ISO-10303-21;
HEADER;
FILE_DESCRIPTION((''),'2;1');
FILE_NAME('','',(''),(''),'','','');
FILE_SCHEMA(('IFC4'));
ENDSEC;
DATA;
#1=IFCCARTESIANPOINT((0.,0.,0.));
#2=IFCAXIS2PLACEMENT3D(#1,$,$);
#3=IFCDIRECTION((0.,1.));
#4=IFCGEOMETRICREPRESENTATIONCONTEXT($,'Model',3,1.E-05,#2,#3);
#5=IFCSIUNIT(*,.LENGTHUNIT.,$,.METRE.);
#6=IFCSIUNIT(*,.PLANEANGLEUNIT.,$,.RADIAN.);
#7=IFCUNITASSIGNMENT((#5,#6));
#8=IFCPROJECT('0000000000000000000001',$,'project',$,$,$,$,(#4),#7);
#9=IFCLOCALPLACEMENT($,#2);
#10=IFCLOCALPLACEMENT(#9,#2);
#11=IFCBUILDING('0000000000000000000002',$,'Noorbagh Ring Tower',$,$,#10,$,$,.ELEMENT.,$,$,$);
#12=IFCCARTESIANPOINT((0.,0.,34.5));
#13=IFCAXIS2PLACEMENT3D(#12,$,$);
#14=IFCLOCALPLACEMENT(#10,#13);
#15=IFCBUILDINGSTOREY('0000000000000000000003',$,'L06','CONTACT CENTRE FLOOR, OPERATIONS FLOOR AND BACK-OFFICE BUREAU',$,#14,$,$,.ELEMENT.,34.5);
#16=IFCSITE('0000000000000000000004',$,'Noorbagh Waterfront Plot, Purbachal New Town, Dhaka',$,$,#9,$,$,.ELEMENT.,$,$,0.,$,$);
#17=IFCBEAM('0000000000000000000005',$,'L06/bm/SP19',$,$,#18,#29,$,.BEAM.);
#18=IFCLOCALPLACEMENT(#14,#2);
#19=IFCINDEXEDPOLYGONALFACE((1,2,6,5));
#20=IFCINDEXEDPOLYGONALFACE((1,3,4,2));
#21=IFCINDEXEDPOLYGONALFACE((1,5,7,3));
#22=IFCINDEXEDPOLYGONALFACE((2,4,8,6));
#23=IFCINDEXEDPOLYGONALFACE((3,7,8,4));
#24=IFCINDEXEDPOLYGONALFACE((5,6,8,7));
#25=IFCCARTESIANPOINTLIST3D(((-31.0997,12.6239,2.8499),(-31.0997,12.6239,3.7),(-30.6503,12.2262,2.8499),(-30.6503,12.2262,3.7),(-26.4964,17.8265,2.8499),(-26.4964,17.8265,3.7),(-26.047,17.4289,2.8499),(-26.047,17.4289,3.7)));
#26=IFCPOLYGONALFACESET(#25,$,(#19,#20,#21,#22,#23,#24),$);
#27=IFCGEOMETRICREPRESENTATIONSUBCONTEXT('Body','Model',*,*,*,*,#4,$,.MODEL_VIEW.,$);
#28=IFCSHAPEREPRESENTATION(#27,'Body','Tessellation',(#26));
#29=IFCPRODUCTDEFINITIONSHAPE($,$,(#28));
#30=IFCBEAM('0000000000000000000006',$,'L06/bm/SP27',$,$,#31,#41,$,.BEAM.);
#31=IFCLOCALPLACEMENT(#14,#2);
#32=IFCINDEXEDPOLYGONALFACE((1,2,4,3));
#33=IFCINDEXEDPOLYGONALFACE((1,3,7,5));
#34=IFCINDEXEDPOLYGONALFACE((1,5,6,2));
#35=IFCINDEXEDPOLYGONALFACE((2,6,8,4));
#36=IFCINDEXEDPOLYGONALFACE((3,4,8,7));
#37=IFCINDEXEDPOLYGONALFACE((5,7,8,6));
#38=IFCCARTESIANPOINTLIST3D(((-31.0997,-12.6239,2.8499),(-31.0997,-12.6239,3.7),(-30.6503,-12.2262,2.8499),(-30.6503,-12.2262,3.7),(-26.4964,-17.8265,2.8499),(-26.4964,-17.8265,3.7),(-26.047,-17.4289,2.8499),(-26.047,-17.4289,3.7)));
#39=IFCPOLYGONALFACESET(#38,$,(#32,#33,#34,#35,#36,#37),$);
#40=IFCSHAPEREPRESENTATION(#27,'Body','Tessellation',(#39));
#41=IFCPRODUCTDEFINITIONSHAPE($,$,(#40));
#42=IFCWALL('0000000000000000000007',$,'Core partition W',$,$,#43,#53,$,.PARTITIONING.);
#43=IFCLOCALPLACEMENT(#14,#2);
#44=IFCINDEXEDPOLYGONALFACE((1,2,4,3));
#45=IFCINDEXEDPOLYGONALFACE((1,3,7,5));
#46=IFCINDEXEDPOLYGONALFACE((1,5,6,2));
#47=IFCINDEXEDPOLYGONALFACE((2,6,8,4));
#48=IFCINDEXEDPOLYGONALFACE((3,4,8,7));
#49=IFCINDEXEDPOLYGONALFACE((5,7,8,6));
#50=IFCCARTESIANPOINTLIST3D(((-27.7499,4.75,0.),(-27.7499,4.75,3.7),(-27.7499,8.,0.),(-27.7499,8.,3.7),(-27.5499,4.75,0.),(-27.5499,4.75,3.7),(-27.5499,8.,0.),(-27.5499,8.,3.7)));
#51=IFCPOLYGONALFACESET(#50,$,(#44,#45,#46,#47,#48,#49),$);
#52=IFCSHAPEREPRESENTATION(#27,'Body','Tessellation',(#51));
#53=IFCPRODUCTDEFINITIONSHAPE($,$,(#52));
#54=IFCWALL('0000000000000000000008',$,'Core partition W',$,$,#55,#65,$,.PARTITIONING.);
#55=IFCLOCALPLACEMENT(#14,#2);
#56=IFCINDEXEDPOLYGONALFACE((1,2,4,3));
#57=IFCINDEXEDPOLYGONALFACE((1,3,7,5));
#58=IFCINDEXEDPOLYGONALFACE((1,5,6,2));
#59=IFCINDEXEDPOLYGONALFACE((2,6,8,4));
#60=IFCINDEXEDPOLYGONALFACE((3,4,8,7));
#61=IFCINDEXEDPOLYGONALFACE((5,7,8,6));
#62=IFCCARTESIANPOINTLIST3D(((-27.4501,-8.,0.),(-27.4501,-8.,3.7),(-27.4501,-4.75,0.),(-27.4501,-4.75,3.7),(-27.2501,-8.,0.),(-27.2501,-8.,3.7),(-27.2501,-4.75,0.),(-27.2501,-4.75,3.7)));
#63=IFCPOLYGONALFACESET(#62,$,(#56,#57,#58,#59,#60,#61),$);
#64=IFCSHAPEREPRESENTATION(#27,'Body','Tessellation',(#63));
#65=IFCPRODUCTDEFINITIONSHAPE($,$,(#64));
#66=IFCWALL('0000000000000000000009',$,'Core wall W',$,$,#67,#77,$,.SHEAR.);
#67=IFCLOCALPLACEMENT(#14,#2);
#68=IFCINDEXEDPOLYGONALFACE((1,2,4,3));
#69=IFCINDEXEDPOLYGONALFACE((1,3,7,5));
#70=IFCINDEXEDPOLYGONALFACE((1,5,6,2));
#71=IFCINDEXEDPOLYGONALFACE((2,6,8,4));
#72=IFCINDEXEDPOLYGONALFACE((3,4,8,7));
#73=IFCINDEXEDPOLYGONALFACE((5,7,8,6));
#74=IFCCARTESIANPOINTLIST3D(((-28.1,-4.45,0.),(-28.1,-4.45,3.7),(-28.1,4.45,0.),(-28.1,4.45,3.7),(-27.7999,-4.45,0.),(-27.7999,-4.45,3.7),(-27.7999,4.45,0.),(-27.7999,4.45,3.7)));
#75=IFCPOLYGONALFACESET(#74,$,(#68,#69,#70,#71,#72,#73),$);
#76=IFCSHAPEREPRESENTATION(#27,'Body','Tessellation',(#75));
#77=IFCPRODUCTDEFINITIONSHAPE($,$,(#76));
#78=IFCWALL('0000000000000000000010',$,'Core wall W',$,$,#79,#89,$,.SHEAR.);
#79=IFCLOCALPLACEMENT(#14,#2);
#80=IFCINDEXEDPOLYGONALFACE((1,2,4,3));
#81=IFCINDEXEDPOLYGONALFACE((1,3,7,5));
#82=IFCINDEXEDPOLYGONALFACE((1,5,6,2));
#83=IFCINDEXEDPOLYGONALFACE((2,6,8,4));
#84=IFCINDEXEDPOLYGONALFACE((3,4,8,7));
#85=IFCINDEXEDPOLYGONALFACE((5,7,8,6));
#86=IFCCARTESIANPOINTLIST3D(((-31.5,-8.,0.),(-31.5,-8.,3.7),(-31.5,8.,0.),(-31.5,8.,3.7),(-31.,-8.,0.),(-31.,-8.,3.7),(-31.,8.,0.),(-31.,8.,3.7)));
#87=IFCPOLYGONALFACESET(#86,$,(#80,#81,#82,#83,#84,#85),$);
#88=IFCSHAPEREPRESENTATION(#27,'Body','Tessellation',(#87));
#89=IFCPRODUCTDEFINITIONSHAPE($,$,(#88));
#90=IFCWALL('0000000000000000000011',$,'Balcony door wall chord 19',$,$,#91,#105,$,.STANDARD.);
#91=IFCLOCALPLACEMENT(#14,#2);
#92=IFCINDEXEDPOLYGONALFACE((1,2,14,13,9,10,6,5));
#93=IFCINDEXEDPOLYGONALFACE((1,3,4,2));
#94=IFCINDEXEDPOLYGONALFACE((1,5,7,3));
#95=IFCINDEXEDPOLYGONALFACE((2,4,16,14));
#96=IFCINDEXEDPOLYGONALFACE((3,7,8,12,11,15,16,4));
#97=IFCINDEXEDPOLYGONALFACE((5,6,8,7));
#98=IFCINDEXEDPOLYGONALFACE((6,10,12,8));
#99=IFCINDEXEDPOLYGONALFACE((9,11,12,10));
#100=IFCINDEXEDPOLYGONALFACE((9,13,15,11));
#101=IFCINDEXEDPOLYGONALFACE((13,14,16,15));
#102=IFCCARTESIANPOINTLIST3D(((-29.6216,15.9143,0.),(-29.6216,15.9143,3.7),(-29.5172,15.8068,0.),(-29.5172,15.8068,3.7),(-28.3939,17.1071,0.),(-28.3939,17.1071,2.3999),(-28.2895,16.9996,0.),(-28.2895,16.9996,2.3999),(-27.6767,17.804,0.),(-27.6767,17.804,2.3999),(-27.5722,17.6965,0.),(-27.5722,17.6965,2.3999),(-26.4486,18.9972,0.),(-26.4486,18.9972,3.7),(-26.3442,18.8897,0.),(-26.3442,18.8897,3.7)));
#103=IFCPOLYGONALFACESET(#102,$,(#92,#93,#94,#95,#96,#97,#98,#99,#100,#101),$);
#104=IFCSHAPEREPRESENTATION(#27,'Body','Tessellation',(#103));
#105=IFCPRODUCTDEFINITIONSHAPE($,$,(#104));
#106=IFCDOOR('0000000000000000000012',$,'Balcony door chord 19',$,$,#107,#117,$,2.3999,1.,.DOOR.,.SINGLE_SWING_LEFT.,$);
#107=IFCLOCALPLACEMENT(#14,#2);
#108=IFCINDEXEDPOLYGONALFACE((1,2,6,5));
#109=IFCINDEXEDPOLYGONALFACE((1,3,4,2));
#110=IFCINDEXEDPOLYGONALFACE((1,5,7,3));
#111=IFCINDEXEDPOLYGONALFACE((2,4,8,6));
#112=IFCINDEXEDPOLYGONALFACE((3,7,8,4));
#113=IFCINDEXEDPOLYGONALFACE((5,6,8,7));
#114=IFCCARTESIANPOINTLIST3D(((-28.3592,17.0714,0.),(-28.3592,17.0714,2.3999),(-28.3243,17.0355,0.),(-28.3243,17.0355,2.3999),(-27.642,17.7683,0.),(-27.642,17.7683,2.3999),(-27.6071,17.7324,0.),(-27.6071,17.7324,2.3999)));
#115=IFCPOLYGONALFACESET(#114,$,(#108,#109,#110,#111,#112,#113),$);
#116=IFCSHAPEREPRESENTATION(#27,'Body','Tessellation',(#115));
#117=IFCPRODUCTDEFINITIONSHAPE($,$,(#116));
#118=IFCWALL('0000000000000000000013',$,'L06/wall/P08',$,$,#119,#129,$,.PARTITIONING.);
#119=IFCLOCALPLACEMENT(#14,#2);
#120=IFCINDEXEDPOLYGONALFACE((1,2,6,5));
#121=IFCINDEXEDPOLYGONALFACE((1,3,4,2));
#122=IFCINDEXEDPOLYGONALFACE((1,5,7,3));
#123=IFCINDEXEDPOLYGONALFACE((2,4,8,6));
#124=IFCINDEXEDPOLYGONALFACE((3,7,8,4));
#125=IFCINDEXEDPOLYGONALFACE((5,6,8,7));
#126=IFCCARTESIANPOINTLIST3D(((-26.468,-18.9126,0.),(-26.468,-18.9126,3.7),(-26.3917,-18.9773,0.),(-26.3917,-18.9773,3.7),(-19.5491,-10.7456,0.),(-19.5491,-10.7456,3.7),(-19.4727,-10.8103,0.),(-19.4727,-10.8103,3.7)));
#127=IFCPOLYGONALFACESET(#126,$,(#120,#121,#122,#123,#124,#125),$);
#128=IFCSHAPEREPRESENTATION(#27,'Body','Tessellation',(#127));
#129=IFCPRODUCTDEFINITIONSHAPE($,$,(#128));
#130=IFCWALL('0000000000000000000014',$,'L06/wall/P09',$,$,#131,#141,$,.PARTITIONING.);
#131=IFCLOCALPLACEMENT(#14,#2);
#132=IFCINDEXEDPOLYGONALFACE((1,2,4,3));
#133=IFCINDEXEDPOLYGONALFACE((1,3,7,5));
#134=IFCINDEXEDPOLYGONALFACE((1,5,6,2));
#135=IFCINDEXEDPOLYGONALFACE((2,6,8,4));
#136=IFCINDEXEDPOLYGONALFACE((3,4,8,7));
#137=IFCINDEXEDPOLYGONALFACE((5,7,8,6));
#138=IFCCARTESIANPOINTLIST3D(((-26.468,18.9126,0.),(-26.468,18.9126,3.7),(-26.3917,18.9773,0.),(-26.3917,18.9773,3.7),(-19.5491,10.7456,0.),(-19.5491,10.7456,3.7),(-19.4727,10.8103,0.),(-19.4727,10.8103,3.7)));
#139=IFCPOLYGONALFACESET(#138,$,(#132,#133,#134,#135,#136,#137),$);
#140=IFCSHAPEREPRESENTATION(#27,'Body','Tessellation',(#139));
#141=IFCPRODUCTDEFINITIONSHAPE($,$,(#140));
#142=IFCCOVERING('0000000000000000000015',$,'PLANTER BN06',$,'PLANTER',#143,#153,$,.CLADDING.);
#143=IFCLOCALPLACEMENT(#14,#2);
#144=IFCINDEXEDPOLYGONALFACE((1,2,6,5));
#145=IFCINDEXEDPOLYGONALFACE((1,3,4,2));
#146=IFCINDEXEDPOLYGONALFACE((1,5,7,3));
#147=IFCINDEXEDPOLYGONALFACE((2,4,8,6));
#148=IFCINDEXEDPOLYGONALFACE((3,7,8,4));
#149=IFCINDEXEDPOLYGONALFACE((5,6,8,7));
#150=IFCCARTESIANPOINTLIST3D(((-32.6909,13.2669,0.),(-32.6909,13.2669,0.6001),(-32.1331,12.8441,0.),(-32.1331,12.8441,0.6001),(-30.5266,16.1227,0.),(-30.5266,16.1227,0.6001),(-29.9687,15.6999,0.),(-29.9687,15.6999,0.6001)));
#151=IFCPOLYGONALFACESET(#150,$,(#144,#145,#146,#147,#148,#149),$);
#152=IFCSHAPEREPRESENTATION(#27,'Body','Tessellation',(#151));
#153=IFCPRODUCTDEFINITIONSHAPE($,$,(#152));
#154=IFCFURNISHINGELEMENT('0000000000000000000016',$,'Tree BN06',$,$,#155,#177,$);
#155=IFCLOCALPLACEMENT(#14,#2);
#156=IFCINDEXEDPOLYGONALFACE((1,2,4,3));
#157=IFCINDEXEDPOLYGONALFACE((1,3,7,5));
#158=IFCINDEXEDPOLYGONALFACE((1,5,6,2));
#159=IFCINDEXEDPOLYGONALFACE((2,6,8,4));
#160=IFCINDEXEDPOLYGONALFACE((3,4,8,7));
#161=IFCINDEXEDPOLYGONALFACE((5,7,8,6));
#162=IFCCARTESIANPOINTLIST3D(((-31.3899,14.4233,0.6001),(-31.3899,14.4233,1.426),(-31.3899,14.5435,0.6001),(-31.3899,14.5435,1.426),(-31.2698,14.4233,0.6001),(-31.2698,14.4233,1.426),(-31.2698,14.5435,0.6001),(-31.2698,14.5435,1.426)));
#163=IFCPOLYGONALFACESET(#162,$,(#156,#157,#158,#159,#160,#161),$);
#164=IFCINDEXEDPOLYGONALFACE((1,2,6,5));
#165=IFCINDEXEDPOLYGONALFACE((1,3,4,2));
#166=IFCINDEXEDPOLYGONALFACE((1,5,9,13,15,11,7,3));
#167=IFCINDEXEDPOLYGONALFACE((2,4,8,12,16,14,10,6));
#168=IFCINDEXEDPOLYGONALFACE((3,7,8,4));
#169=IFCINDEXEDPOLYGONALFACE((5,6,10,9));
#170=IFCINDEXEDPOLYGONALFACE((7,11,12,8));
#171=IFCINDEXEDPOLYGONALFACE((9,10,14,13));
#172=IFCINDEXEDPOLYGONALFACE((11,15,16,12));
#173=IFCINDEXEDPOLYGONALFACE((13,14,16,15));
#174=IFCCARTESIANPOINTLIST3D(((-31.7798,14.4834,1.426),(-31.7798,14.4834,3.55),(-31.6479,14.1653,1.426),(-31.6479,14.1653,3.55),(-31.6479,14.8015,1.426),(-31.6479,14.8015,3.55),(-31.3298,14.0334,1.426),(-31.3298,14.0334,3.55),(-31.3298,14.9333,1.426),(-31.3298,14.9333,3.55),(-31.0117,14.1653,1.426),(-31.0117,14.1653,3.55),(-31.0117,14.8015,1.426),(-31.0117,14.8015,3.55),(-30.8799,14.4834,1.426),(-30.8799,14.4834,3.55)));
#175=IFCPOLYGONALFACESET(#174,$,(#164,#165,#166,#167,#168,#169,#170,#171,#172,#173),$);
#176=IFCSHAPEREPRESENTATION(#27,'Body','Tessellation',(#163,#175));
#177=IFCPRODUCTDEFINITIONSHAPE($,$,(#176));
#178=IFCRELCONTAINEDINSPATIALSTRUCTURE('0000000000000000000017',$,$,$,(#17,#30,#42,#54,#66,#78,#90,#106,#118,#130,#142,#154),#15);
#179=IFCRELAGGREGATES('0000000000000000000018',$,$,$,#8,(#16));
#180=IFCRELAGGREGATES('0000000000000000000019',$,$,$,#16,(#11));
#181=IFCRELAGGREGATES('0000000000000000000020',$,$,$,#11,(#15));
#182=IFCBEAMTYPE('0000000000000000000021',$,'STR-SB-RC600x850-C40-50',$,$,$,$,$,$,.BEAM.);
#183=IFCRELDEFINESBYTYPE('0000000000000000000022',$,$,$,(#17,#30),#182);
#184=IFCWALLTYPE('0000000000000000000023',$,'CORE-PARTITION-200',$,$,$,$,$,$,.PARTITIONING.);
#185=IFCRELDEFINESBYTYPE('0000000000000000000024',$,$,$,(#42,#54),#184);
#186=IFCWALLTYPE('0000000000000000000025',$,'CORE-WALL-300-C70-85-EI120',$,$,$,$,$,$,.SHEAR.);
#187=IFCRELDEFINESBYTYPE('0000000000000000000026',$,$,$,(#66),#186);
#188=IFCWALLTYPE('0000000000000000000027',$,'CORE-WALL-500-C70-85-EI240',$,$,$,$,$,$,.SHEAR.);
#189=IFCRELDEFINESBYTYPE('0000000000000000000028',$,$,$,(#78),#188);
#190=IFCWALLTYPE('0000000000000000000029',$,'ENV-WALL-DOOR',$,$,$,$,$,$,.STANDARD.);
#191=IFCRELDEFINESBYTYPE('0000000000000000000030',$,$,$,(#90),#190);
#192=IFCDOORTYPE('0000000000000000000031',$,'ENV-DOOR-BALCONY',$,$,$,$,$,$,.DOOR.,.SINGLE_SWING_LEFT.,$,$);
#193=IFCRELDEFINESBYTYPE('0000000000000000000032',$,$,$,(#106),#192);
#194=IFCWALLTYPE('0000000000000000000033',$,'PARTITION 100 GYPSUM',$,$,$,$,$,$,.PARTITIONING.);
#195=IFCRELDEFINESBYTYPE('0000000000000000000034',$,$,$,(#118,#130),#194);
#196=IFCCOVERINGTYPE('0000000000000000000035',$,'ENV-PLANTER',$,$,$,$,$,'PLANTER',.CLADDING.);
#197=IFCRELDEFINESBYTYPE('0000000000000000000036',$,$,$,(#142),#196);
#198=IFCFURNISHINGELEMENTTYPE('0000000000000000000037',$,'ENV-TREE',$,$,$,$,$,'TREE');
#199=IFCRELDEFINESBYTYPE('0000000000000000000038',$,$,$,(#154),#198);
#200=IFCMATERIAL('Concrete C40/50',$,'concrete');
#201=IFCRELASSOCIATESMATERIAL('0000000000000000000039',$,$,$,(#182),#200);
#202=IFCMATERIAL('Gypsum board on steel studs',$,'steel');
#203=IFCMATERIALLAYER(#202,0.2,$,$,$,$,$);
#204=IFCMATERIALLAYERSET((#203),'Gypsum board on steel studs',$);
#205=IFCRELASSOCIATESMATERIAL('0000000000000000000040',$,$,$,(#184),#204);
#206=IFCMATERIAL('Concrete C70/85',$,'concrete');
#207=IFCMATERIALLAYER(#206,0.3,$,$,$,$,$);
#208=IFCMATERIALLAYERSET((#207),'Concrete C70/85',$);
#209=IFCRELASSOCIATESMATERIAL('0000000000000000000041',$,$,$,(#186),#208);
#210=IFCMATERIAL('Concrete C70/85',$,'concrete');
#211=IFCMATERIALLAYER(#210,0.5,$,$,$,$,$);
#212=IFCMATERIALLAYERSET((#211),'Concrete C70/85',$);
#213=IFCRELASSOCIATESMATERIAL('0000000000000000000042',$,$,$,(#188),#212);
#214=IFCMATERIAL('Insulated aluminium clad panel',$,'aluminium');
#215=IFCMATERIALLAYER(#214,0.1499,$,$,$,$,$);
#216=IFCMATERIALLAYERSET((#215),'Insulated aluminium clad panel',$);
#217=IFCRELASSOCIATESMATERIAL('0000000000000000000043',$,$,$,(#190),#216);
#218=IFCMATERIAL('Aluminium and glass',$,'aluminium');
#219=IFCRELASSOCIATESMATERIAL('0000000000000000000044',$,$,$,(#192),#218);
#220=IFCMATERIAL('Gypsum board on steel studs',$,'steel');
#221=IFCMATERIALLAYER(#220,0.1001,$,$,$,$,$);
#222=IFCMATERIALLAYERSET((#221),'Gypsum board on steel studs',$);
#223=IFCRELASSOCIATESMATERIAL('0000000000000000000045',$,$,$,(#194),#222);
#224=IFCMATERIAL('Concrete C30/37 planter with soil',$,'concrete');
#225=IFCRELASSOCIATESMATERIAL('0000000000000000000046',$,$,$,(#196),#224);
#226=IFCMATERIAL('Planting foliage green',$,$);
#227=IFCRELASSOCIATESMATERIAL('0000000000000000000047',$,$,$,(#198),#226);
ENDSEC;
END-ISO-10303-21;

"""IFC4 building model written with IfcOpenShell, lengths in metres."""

from ifc_helpers import new_model, si_unit, direction, frame, frame_2d, origin, origin_2d, place, context, subcontext, project, spatial, polyline, rectangle, outline, extrude, material, layer, layer_set, material_profile, profile_set, type_object, element, fill, save


model = new_model("IFC4")

# Units and contexts
model_context = context("Model", 3, precision=1e-05, world=origin(), true_north=direction((0.0, 1.0)))
body_context = subcontext(model_context, "Body", "Model", "MODEL_VIEW")
ifc_project = project(units=[si_unit("LENGTHUNIT", "METRE"), si_unit("PLANEANGLEUNIT", "RADIAN")], contexts=[model_context])

# Site, building, storey
site_placement = place(None, origin())
site = spatial("IfcSite", under=ifc_project, at=site_placement, Name="Noorbagh Waterfront Plot, Purbachal New Town, Dhaka", CompositionType="ELEMENT", RefElevation=0.0)
building_placement = place(site_placement, origin())
building = spatial("IfcBuilding", under=site, at=building_placement, Name="Noorbagh Ring Tower", CompositionType="ELEMENT")
storey_placement = place(building_placement, frame((0.0, 0.0, 34.5)))
storey = spatial("IfcBuildingStorey", under=building, at=storey_placement, Name="L06", Description="CONTACT CENTRE FLOOR, OPERATIONS FLOOR AND BACK-OFFICE BUREAU", CompositionType="ELEMENT", Elevation=34.5)

# Beams
ifc_material_1 = material(Name="Concrete C40/50", Category="concrete")
ifc_material_profile_1 = material_profile(ifc_material_1, rectangle(XDim=0.6001, YDim=0.8501, at=origin_2d()), Name="RC600x850")
ifc_profile_set_1 = profile_set([ifc_material_profile_1], Name="Concrete C40/50")
beam_type_1 = type_object("IfcBeamType", Name="STR-SB-RC600x850-C40-50", PredefinedType="BEAM", material=ifc_profile_set_1)
for number, where, z_axis, x_axis, name in (
    (1, (-26.2717, 17.6277, 3.2749), (-0.66265, -0.748929, 0.0), (0.748929, -0.66265, 0.0), "L06/bm/SP19"),
    (2, (-30.875, -12.425, 3.2749), (0.66265, -0.748929, 0.0), (0.748929, 0.66265, 0.0), "L06/bm/SP27"),
):
    element("IfcBeam", number, at=place(storey_placement, frame(where, z_axis=z_axis, x_axis=x_axis)), inside=storey, type_object=beam_type_1, Name=name, PredefinedType="BEAM", context=body_context, shape_type="SweptSolid", body=[
        extrude(rectangle(XDim=0.6001, YDim=0.8501, at=origin_2d()), origin(), (0.0, 0.0, 1.0), 6.9468),
    ])

# Walls
ifc_material_2 = material(Name="Gypsum board on steel studs", Category="steel")
ifc_layer_1 = layer(ifc_material_2, 0.2)
ifc_layer_set_1 = layer_set([ifc_layer_1], Name="Gypsum board on steel studs")
wall_type_1 = type_object("IfcWallType", Name="CORE-PARTITION-200", PredefinedType="PARTITIONING", material=ifc_layer_set_1)
for number, where, z_axis, x_axis, name in (
    (3, (-27.6499, 4.75, 0.0), (0.0, 0.0, 1.0), (0.0, 1.0, 0.0), "Core partition W"),
    (4, (-27.3501, -8.0, 0.0), (0.0, 0.0, 1.0), (0.0, 1.0, 0.0), "Core partition W"),
):
    element("IfcWall", number, at=place(storey_placement, frame(where, z_axis=z_axis, x_axis=x_axis)), inside=storey, type_object=wall_type_1, Name=name, PredefinedType="PARTITIONING", context=body_context, shape_type="SweptSolid", body=[
        extrude(rectangle(XDim=3.25, YDim=0.2, at=frame_2d((1.625, 0.0))), origin(), (0.0, 0.0, 1.0), 3.7),
    ])
ifc_material_3 = material(Name="Concrete C70/85", Category="concrete")
ifc_layer_2 = layer(ifc_material_3, 0.3)
ifc_layer_set_2 = layer_set([ifc_layer_2], Name="Concrete C70/85")
wall_type_2 = type_object("IfcWallType", Name="CORE-WALL-300-C70-85-EI120", PredefinedType="SHEAR", material=ifc_layer_set_2)
wall_1_placement = place(storey_placement, frame((-27.95, -4.45, 0.0), z_axis=(0.0, 0.0, 1.0), x_axis=(0.0, 1.0, 0.0)))
element("IfcWall", 5, at=wall_1_placement, inside=storey, type_object=wall_type_2, Name="Core wall W", PredefinedType="SHEAR", context=body_context, shape_type="SweptSolid", body=[
    extrude(rectangle(XDim=8.8999, YDim=0.3, at=frame_2d((4.45, 0.0))), origin(), (0.0, 0.0, 1.0), 3.7),
])
ifc_material_4 = material(Name="Concrete C70/85", Category="concrete")
ifc_layer_3 = layer(ifc_material_4, 0.5)
ifc_layer_set_3 = layer_set([ifc_layer_3], Name="Concrete C70/85")
wall_type_3 = type_object("IfcWallType", Name="CORE-WALL-500-C70-85-EI240", PredefinedType="SHEAR", material=ifc_layer_set_3)
wall_2_placement = place(storey_placement, frame((-31.25, -8.0, 0.0), z_axis=(0.0, 0.0, 1.0), x_axis=(0.0, 1.0, 0.0)))
element("IfcWall", 6, at=wall_2_placement, inside=storey, type_object=wall_type_3, Name="Core wall W", PredefinedType="SHEAR", context=body_context, shape_type="SweptSolid", body=[
    extrude(rectangle(XDim=16.0, YDim=0.5, at=frame_2d((8.0, 0.0))), origin(), (0.0, 0.0, 1.0), 3.7),
])

# Wall, opening, door
ifc_material_5 = material(Name="Insulated aluminium clad panel", Category="aluminium")
ifc_layer_4 = layer(ifc_material_5, 0.1499)
ifc_layer_set_4 = layer_set([ifc_layer_4], Name="Insulated aluminium clad panel")
wall_type_4 = type_object("IfcWallType", Name="ENV-WALL-DOOR", PredefinedType="STANDARD", material=ifc_layer_set_4)
wall_3_placement = place(storey_placement, frame((-26.3965, 18.9434, 0.0), z_axis=(0.0, 0.0, 1.0), x_axis=(-0.717215, -0.696852, 0.0)))
wall_3 = element("IfcWall", 7, at=wall_3_placement, inside=storey, type_object=wall_type_4, Name="Balcony door wall chord 19", PredefinedType="STANDARD", context=body_context, shape_type="SweptSolid", body=[
    extrude(rectangle(XDim=4.4241, YDim=0.1499, at=frame_2d((2.2119, 0.0))), origin(), (0.0, 0.0, 1.0), 3.7),
])
opening_placement = place(wall_3_placement, frame((1.7122, 0.0, 0.0)))
opening = element("IfcOpeningElement", 8, at=opening_placement, cuts=wall_3, PredefinedType="OPENING", context=body_context, shape_type="SweptSolid", body=[
    extrude(rectangle(XDim=1.0, YDim=2.3999, at=frame_2d((0.5, 1.2))), frame((0.0, 0.085, 0.0), z_axis=(0.0, -1.0, 0.0), x_axis=(1.0, 0.0, 0.0)), (0.0, 0.0, 1.0), 0.1699),
])
ifc_material_6 = material(Name="Aluminium and glass", Category="aluminium")
door_type = type_object("IfcDoorType", Name="ENV-DOOR-BALCONY", OperationType="SINGLE_SWING_LEFT", PredefinedType="DOOR", material=ifc_material_6)
door_placement = place(opening_placement, origin())
door = element("IfcDoor", 9, at=door_placement, inside=storey, type_object=door_type, Name="Balcony door chord 19", OperationType="SINGLE_SWING_LEFT", OverallHeight=2.3999, OverallWidth=1.0, PredefinedType="DOOR", context=body_context, shape_type="SweptSolid", body=[
    extrude(rectangle(XDim=1.0, YDim=2.3999, at=frame_2d((0.5, 1.2))), frame((0.0, 0.0249, 0.0), z_axis=(0.0, -1.0, 0.0), x_axis=(1.0, 0.0, 0.0)), (0.0, 0.0, 1.0), 0.05),
])
fill(opening, door)

# Walls
ifc_material_7 = material(Name="Gypsum board on steel studs", Category="steel")
ifc_layer_5 = layer(ifc_material_7, 0.1001)
ifc_layer_set_5 = layer_set([ifc_layer_5], Name="Gypsum board on steel studs")
wall_type_5 = type_object("IfcWallType", Name="PARTITION 100 GYPSUM", PredefinedType="PARTITIONING", material=ifc_layer_set_5)
for number, where, z_axis, x_axis, name in (
    (10, (-26.4299, -18.9451, 0.0), (0.0, 0.0, 1.0), (0.6464, 0.762999, 0.0), "L06/wall/P08"),
    (11, (-26.4299, 18.9451, 0.0), (0.0, 0.0, 1.0), (0.6464, -0.762999, 0.0), "L06/wall/P09"),
):
    element("IfcWall", number, at=place(storey_placement, frame(where, z_axis=z_axis, x_axis=x_axis)), inside=storey, type_object=wall_type_5, Name=name, PredefinedType="PARTITIONING", context=body_context, shape_type="SweptSolid", body=[
        extrude(rectangle(XDim=10.7039, YDim=0.1001, at=frame_2d((5.3521, 0.0))), origin(), (0.0, 0.0, 1.0), 3.7),
    ])

# Covering
ifc_material_8 = material(Name="Concrete C30/37 planter with soil", Category="concrete")
covering_type = type_object("IfcCoveringType", Name="ENV-PLANTER", ElementType="PLANTER", PredefinedType="CLADDING", material=ifc_material_8)
covering_placement = place(storey_placement, frame((-31.3298, 14.4834, 0.0), z_axis=(0.0, 0.0, 1.0), x_axis=(-0.60402, -0.796969, 0.0)))
element("IfcCovering", 12, at=covering_placement, inside=storey, type_object=covering_type, Name="PLANTER BN06", ObjectType="PLANTER", PredefinedType="CLADDING", context=body_context, shape_type="SweptSolid", body=[
    extrude(rectangle(XDim=3.5833, YDim=0.7, at=origin_2d()), origin(), (0.0, 0.0, 1.0), 0.6001),
])

# Furnishing element
ifc_material_9 = material(Name="Planting foliage green")
furnishing_element_type = type_object("IfcFurnishingElementType", Name="ENV-TREE", ElementType="TREE", material=ifc_material_9)
furnishing_placement = place(storey_placement, frame((-31.3298, 14.4834, 0.6001), z_axis=(0.0, 0.0, 1.0), x_axis=(1.0, 0.0, 0.0)))
element("IfcFurnishingElement", 13, at=furnishing_placement, inside=storey, type_object=furnishing_element_type, Name="Tree BN06", context=body_context, shape_type="SweptSolid", body=[
    extrude(rectangle(XDim=0.1201, YDim=0.1201, at=origin_2d()), origin(), (0.0, 0.0, 1.0), 0.8259),
    extrude(outline(polyline([(0.45, 0.0), (0.3181, 0.3181), (0.0, 0.45), (-0.3181, 0.3181), (-0.45, 0.0), (-0.3181, -0.3181), (0.0, -0.45), (0.3181, -0.3181), (0.45, 0.0)])), frame((0.0, 0.0, 0.8259)), (0.0, 0.0, 1.0), 2.124),
])

save(model, "model.ifc")
